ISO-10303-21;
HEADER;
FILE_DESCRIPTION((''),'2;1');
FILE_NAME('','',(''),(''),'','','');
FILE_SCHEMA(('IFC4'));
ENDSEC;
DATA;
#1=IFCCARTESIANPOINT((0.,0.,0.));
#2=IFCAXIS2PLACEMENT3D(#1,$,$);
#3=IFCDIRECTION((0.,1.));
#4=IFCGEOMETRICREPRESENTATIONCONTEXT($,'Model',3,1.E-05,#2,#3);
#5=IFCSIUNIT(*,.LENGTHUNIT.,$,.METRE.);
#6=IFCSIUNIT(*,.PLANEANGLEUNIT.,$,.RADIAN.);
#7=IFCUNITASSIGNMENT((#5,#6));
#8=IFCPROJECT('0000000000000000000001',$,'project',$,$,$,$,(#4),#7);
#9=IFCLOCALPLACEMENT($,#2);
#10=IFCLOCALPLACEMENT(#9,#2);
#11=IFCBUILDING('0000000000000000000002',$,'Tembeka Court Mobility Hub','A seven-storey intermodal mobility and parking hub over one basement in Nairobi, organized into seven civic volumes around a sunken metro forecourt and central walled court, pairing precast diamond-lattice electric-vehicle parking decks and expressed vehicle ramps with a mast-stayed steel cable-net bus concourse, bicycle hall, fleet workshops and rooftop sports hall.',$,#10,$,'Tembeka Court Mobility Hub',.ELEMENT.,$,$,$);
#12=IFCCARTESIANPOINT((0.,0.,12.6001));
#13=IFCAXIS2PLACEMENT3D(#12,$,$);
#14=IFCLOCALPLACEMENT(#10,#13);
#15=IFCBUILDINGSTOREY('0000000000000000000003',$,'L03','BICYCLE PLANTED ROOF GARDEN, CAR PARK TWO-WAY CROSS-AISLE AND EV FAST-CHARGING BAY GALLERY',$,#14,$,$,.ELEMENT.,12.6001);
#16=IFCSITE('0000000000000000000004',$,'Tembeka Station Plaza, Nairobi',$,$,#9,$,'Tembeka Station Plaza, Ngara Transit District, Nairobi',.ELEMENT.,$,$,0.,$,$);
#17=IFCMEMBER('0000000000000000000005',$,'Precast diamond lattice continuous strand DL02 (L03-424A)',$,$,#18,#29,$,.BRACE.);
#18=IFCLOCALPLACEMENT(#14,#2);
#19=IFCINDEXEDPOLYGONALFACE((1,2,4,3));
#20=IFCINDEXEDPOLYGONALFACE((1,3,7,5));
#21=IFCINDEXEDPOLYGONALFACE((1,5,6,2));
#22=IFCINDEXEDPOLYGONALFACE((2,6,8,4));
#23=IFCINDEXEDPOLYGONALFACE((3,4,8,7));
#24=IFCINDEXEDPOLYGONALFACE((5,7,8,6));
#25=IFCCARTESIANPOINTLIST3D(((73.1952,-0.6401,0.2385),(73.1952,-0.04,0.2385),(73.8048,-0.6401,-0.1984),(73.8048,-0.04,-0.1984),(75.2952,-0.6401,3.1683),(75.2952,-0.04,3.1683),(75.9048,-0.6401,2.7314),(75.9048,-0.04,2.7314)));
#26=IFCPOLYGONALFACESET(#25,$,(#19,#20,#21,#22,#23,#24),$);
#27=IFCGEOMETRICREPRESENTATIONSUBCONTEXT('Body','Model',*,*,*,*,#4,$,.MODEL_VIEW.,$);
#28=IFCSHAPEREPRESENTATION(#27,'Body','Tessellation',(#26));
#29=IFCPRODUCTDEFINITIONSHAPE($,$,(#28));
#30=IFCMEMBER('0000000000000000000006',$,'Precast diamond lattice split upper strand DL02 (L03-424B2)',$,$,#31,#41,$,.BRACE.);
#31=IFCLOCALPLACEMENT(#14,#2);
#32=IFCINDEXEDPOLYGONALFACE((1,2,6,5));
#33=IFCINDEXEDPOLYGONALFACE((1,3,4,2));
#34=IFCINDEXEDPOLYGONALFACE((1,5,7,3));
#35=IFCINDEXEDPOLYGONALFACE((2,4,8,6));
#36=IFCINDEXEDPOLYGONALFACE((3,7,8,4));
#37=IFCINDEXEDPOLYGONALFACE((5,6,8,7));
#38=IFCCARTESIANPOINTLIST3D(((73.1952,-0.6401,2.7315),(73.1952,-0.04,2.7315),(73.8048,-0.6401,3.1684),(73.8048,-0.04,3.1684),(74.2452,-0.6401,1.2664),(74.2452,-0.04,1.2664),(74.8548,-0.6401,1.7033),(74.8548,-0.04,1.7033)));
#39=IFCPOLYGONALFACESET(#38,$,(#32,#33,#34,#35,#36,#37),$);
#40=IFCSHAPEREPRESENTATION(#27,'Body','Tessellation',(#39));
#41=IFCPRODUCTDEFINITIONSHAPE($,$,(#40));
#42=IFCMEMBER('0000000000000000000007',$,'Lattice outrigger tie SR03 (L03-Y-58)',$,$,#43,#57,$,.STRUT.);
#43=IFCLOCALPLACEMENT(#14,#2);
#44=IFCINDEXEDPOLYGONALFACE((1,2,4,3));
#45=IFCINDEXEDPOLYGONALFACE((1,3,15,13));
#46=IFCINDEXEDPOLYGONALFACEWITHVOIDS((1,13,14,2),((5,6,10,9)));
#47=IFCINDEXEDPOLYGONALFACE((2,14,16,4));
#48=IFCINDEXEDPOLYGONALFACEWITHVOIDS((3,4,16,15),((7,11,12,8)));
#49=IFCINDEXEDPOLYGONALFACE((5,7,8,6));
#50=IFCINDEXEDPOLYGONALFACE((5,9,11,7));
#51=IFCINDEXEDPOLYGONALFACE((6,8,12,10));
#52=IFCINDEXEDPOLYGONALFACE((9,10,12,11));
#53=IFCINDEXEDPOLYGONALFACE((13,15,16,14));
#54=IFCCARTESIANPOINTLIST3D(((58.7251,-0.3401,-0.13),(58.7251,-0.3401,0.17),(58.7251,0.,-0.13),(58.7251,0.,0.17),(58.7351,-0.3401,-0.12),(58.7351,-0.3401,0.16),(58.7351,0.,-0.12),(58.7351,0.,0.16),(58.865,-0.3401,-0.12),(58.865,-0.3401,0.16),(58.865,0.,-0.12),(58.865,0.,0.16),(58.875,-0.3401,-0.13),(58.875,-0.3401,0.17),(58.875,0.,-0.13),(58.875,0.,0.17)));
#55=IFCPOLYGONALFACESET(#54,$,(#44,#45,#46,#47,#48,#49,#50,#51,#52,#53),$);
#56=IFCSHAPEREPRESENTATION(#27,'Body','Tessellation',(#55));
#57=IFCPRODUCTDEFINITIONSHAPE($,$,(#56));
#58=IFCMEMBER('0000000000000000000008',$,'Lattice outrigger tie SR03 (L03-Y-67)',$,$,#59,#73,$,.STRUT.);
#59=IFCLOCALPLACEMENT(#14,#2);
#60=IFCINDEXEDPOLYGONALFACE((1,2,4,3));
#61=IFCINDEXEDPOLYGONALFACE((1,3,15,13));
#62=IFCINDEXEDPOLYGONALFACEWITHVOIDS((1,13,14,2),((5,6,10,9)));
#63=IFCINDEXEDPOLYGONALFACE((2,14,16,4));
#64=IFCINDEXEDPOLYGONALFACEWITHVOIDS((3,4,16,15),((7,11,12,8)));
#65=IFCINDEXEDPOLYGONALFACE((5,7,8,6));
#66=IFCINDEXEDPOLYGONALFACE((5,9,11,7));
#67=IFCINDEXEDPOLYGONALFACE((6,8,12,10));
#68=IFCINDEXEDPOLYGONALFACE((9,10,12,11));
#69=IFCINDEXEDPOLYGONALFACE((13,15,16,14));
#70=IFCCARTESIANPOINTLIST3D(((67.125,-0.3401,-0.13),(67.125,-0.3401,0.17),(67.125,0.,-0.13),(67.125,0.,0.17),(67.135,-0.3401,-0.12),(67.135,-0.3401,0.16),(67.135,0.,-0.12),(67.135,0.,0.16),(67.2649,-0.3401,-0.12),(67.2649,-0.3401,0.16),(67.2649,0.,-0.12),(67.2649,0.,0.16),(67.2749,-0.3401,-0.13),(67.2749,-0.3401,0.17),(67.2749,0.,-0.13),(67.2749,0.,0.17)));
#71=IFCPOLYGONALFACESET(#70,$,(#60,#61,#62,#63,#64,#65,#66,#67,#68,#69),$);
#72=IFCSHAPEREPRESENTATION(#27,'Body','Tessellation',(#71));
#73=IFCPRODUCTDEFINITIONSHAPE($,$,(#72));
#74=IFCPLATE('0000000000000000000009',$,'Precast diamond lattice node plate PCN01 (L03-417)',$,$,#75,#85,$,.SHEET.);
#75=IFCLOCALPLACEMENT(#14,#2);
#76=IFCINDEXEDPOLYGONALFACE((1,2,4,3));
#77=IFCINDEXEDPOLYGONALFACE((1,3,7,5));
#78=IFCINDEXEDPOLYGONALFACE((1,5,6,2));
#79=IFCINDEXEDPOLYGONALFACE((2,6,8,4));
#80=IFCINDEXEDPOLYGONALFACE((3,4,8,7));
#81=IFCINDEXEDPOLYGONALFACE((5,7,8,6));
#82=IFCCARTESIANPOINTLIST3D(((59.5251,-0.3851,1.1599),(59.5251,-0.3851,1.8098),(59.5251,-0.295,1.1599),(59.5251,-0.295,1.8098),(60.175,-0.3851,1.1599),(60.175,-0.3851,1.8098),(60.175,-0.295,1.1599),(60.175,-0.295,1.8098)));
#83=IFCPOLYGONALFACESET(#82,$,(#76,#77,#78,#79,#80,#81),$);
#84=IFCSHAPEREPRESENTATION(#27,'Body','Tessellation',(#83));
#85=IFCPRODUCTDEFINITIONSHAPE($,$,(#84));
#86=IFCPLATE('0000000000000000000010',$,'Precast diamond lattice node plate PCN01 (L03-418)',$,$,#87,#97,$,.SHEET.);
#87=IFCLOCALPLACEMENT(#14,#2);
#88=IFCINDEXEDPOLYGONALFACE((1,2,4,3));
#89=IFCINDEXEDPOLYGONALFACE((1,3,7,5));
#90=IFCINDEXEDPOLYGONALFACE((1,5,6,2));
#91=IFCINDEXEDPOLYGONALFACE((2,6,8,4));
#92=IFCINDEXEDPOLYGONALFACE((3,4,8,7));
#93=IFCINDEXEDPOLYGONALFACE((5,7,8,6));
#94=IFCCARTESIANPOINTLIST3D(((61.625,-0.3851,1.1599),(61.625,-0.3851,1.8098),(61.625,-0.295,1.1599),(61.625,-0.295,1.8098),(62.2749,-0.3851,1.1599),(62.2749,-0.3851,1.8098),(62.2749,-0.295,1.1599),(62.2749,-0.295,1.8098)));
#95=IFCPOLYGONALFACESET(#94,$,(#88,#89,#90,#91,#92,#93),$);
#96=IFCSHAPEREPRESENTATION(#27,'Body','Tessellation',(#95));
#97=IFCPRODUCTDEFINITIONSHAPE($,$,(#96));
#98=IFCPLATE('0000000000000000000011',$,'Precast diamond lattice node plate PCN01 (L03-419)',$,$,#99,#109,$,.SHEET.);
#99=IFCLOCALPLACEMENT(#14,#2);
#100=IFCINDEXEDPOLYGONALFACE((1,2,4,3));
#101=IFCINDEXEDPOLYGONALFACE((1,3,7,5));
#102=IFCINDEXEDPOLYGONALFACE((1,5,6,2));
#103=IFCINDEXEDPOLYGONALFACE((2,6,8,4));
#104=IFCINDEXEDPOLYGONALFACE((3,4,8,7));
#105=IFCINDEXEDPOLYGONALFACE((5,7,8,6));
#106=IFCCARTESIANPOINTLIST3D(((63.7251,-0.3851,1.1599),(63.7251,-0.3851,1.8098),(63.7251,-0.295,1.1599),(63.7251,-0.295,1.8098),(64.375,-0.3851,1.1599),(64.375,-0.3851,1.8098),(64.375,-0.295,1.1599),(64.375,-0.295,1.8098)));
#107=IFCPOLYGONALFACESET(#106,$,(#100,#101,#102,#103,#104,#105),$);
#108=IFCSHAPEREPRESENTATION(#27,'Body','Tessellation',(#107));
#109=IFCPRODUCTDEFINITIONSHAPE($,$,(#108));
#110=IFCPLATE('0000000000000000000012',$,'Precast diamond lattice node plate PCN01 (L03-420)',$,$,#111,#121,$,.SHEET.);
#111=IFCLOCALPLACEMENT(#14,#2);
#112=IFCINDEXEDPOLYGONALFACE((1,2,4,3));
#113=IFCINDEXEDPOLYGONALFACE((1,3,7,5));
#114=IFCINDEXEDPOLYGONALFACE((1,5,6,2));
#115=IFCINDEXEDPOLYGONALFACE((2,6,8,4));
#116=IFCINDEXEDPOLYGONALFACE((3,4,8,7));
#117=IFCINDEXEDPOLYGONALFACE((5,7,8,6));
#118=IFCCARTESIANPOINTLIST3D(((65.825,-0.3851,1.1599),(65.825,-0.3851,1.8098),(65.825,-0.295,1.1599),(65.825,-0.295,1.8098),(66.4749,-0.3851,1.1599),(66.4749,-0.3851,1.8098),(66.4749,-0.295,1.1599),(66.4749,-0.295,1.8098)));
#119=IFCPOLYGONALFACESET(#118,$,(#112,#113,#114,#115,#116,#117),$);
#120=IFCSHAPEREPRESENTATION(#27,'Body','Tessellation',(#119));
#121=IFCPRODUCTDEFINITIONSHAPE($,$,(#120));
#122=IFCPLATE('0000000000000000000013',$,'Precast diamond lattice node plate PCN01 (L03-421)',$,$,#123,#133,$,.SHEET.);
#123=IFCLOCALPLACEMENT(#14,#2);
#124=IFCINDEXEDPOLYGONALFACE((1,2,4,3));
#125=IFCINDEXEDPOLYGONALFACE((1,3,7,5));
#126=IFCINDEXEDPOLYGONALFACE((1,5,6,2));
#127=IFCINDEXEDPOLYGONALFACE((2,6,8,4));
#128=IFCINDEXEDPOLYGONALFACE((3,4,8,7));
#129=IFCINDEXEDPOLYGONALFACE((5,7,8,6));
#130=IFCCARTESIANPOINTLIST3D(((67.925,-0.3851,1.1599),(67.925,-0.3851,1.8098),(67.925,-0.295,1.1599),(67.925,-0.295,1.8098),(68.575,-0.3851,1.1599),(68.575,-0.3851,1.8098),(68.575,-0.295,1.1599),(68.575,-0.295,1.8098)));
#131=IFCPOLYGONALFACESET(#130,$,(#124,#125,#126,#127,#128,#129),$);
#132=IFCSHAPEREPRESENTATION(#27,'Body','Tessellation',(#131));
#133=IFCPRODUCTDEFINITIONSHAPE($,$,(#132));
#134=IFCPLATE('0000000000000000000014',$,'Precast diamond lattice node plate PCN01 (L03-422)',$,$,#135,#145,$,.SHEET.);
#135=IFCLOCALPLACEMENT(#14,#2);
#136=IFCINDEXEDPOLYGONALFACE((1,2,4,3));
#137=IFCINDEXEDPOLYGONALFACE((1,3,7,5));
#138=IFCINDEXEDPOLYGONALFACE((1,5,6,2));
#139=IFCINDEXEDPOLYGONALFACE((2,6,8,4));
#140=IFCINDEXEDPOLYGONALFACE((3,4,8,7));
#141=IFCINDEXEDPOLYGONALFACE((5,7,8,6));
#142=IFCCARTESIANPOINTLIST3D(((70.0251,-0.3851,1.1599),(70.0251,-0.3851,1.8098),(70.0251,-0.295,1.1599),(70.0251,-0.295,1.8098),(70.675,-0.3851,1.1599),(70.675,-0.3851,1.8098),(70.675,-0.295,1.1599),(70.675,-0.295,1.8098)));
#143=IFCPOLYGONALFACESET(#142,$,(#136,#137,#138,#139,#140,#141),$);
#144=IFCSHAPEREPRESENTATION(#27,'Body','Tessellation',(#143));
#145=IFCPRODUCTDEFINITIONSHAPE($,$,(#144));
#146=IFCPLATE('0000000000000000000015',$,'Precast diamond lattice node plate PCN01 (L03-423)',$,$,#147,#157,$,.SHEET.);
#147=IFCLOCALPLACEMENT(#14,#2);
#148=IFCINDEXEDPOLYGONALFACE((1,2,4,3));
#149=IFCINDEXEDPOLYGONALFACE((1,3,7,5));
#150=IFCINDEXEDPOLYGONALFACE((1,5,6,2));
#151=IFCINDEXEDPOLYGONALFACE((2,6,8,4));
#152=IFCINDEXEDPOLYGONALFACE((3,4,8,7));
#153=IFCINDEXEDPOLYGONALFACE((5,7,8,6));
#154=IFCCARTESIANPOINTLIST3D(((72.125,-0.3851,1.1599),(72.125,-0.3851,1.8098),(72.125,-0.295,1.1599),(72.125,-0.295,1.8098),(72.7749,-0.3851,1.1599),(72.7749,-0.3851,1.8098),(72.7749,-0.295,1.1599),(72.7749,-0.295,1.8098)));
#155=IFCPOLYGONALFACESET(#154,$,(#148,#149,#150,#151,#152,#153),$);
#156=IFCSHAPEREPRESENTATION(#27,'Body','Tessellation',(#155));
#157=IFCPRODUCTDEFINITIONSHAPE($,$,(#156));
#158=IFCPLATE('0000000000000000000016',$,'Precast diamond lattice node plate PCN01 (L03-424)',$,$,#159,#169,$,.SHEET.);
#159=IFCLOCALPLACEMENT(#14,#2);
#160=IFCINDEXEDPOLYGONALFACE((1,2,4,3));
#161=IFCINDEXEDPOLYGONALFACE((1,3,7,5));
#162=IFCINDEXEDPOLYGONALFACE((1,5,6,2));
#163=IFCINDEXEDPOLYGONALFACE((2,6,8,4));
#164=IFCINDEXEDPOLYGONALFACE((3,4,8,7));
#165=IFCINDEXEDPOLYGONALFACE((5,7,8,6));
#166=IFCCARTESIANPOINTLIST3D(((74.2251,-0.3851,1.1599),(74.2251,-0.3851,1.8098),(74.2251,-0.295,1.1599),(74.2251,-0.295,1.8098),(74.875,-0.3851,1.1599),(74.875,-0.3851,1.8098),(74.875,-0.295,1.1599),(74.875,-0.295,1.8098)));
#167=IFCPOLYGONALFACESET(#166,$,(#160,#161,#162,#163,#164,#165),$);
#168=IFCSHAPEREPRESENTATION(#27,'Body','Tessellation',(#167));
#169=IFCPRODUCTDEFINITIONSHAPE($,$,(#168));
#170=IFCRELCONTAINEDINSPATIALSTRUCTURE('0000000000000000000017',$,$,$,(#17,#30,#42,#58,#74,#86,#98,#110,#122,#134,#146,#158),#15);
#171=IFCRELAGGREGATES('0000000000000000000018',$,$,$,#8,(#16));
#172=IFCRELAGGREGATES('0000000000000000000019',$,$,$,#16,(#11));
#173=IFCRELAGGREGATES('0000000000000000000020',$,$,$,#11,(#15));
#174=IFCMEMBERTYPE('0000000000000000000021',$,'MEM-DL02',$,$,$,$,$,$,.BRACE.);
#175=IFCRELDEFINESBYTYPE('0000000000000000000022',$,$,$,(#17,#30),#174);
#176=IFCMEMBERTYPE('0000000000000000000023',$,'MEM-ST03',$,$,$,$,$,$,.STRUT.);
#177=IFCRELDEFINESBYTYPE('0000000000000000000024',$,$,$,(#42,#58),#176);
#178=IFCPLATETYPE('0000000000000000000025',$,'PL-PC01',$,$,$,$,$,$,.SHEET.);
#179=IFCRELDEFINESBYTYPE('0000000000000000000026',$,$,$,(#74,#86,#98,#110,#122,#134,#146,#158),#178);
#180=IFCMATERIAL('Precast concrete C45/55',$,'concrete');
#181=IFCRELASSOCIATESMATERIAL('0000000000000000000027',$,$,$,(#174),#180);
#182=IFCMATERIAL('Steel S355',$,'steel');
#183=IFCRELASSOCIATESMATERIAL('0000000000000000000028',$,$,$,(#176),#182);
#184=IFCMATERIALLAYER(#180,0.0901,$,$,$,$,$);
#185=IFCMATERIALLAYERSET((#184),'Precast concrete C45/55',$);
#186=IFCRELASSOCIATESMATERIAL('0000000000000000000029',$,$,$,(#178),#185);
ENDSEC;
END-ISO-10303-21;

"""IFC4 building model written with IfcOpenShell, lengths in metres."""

from ifc_helpers import new_model, si_unit, direction, frame, origin, origin_2d, place, context, subcontext, project, spatial, rectangle, hollow_rectangle, extrude, material, layer, layer_set, material_profile, profile_set, type_object, element, save


model = new_model("IFC4")

# Units and contexts
model_context = context("Model", 3, precision=1e-05, world=origin(), true_north=direction((0.0, 1.0)))
body_context = subcontext(model_context, "Body", "Model", "MODEL_VIEW")
ifc_project = project(units=[si_unit("LENGTHUNIT", "METRE"), si_unit("PLANEANGLEUNIT", "RADIAN")], contexts=[model_context])

# Site, building, storey
site_placement = place(None, origin())
site = spatial("IfcSite", under=ifc_project, at=site_placement, Name="Tembeka Station Plaza, Nairobi", LongName="Tembeka Station Plaza, Ngara Transit District, Nairobi", CompositionType="ELEMENT", RefElevation=0.0)
building_placement = place(site_placement, origin())
building = spatial("IfcBuilding", under=site, at=building_placement, Name="Tembeka Court Mobility Hub", Description="A seven-storey intermodal mobility and parking hub over one basement in Nairobi, organized into seven civic volumes around a sunken metro forecourt and central walled court, pairing precast diamond-lattice electric-vehicle parking decks and expressed vehicle ramps with a mast-stayed steel cable-net bus concourse, bicycle hall, fleet workshops and rooftop sports hall.", LongName="Tembeka Court Mobility Hub", CompositionType="ELEMENT")
storey_placement = place(building_placement, frame((0.0, 0.0, 12.6001)))
storey = spatial("IfcBuildingStorey", under=building, at=storey_placement, Name="L03", Description="BICYCLE PLANTED ROOF GARDEN, CAR PARK TWO-WAY CROSS-AISLE AND EV FAST-CHARGING BAY GALLERY", CompositionType="ELEMENT", Elevation=12.6001)

# Shared definitions
ifc_material_1 = material(Name="Steel S355", Category="steel")

# Shared definitions
ifc_material_2 = material(Name="Precast concrete C45/55", Category="concrete")

# Members
ifc_material_profile_1 = material_profile(ifc_material_2, rectangle(XDim=0.6001, YDim=0.75, at=origin_2d()), Name="PC-DIAG 600x750")
ifc_profile_set_1 = profile_set([ifc_material_profile_1], Name="Precast concrete C45/55")
member_type_1 = type_object("IfcMemberType", Name="MEM-DL02", PredefinedType="BRACE", material=ifc_profile_set_1)
member_1_placement = place(storey_placement, frame((73.5, -0.3401, 0.02), z_axis=(0.582576, 0.0, 0.812776), x_axis=(0.0, 1.0, 0.0)))
element("IfcMember", 1, at=member_1_placement, inside=storey, type_object=member_type_1, Name="Precast diamond lattice continuous strand DL02 (L03-424A)", PredefinedType="BRACE", context=body_context, shape_type="SweptSolid", body=[
    extrude(rectangle(XDim=0.6001, YDim=0.75, at=origin_2d()), origin(), (0.0, 0.0, 1.0), 3.6047),
])
member_2_placement = place(storey_placement, frame((74.55, -0.3401, 1.4849), z_axis=(-0.582544, 0.0, 0.812799), x_axis=(0.0, -1.0, 0.0)))
element("IfcMember", 2, at=member_2_placement, inside=storey, type_object=member_type_1, Name="Precast diamond lattice split upper strand DL02 (L03-424B2)", PredefinedType="BRACE", context=body_context, shape_type="SweptSolid", body=[
    extrude(rectangle(XDim=0.6001, YDim=0.75, at=origin_2d()), origin(), (0.0, 0.0, 1.0), 1.8025),
])
ifc_material_profile_2 = material_profile(ifc_material_1, hollow_rectangle(XDim=0.1499, YDim=0.3, WallThickness=0.01, at=origin_2d()), Name="RHS 300x150x10")
ifc_profile_set_2 = profile_set([ifc_material_profile_2], Name="Steel S355")
member_type_2 = type_object("IfcMemberType", Name="MEM-ST03", PredefinedType="STRUT", material=ifc_profile_set_2)
for number, where, z_axis, x_axis, name in (
    (3, (58.8, 0.0, 0.02), (0.0, -1.0, 0.0), (1.0, 0.0, 0.0), "Lattice outrigger tie SR03 (L03-Y-58)"),
    (4, (67.2, 0.0, 0.02), (0.0, -1.0, 0.0), (1.0, 0.0, 0.0), "Lattice outrigger tie SR03 (L03-Y-67)"),
):
    element("IfcMember", number, at=place(storey_placement, frame(where, z_axis=z_axis, x_axis=x_axis)), inside=storey, type_object=member_type_2, Name=name, PredefinedType="STRUT", context=body_context, shape_type="SweptSolid", body=[
        extrude(hollow_rectangle(XDim=0.1499, YDim=0.3, WallThickness=0.01, at=origin_2d()), origin(), (0.0, 0.0, 1.0), 0.3401),
    ])

# Plates
ifc_layer = layer(ifc_material_2, 0.0901)
ifc_layer_set = layer_set([ifc_layer], Name="Precast concrete C45/55")
plate_type = type_object("IfcPlateType", Name="PL-PC01", PredefinedType="SHEET", material=ifc_layer_set)
for number, where, z_axis, x_axis, name in (
    (5, (59.8501, -0.3401, 1.1599), (0.0, 0.0, 1.0), (1.0, 0.0, 0.0), "Precast diamond lattice node plate PCN01 (L03-417)"),
    (6, (61.95, -0.3401, 1.1599), (0.0, 0.0, 1.0), (1.0, 0.0, 0.0), "Precast diamond lattice node plate PCN01 (L03-418)"),
    (7, (64.05, -0.3401, 1.1599), (0.0, 0.0, 1.0), (1.0, 0.0, 0.0), "Precast diamond lattice node plate PCN01 (L03-419)"),
    (8, (66.1499, -0.3401, 1.1599), (0.0, 0.0, 1.0), (1.0, 0.0, 0.0), "Precast diamond lattice node plate PCN01 (L03-420)"),
    (9, (68.25, -0.3401, 1.1599), (0.0, 0.0, 1.0), (1.0, 0.0, 0.0), "Precast diamond lattice node plate PCN01 (L03-421)"),
    (10, (70.3501, -0.3401, 1.1599), (0.0, 0.0, 1.0), (1.0, 0.0, 0.0), "Precast diamond lattice node plate PCN01 (L03-422)"),
    (11, (72.45, -0.3401, 1.1599), (0.0, 0.0, 1.0), (1.0, 0.0, 0.0), "Precast diamond lattice node plate PCN01 (L03-423)"),
    (12, (74.55, -0.3401, 1.1599), (0.0, 0.0, 1.0), (1.0, 0.0, 0.0), "Precast diamond lattice node plate PCN01 (L03-424)"),
):
    element("IfcPlate", number, at=place(storey_placement, frame(where, z_axis=z_axis, x_axis=x_axis)), inside=storey, type_object=plate_type, Name=name, PredefinedType="SHEET", context=body_context, shape_type="SweptSolid", body=[
        extrude(rectangle(XDim=0.6499, YDim=0.0901, at=origin_2d()), origin(), (0.0, 0.0, 1.0), 0.6499),
    ])

save(model, "model.ifc")
